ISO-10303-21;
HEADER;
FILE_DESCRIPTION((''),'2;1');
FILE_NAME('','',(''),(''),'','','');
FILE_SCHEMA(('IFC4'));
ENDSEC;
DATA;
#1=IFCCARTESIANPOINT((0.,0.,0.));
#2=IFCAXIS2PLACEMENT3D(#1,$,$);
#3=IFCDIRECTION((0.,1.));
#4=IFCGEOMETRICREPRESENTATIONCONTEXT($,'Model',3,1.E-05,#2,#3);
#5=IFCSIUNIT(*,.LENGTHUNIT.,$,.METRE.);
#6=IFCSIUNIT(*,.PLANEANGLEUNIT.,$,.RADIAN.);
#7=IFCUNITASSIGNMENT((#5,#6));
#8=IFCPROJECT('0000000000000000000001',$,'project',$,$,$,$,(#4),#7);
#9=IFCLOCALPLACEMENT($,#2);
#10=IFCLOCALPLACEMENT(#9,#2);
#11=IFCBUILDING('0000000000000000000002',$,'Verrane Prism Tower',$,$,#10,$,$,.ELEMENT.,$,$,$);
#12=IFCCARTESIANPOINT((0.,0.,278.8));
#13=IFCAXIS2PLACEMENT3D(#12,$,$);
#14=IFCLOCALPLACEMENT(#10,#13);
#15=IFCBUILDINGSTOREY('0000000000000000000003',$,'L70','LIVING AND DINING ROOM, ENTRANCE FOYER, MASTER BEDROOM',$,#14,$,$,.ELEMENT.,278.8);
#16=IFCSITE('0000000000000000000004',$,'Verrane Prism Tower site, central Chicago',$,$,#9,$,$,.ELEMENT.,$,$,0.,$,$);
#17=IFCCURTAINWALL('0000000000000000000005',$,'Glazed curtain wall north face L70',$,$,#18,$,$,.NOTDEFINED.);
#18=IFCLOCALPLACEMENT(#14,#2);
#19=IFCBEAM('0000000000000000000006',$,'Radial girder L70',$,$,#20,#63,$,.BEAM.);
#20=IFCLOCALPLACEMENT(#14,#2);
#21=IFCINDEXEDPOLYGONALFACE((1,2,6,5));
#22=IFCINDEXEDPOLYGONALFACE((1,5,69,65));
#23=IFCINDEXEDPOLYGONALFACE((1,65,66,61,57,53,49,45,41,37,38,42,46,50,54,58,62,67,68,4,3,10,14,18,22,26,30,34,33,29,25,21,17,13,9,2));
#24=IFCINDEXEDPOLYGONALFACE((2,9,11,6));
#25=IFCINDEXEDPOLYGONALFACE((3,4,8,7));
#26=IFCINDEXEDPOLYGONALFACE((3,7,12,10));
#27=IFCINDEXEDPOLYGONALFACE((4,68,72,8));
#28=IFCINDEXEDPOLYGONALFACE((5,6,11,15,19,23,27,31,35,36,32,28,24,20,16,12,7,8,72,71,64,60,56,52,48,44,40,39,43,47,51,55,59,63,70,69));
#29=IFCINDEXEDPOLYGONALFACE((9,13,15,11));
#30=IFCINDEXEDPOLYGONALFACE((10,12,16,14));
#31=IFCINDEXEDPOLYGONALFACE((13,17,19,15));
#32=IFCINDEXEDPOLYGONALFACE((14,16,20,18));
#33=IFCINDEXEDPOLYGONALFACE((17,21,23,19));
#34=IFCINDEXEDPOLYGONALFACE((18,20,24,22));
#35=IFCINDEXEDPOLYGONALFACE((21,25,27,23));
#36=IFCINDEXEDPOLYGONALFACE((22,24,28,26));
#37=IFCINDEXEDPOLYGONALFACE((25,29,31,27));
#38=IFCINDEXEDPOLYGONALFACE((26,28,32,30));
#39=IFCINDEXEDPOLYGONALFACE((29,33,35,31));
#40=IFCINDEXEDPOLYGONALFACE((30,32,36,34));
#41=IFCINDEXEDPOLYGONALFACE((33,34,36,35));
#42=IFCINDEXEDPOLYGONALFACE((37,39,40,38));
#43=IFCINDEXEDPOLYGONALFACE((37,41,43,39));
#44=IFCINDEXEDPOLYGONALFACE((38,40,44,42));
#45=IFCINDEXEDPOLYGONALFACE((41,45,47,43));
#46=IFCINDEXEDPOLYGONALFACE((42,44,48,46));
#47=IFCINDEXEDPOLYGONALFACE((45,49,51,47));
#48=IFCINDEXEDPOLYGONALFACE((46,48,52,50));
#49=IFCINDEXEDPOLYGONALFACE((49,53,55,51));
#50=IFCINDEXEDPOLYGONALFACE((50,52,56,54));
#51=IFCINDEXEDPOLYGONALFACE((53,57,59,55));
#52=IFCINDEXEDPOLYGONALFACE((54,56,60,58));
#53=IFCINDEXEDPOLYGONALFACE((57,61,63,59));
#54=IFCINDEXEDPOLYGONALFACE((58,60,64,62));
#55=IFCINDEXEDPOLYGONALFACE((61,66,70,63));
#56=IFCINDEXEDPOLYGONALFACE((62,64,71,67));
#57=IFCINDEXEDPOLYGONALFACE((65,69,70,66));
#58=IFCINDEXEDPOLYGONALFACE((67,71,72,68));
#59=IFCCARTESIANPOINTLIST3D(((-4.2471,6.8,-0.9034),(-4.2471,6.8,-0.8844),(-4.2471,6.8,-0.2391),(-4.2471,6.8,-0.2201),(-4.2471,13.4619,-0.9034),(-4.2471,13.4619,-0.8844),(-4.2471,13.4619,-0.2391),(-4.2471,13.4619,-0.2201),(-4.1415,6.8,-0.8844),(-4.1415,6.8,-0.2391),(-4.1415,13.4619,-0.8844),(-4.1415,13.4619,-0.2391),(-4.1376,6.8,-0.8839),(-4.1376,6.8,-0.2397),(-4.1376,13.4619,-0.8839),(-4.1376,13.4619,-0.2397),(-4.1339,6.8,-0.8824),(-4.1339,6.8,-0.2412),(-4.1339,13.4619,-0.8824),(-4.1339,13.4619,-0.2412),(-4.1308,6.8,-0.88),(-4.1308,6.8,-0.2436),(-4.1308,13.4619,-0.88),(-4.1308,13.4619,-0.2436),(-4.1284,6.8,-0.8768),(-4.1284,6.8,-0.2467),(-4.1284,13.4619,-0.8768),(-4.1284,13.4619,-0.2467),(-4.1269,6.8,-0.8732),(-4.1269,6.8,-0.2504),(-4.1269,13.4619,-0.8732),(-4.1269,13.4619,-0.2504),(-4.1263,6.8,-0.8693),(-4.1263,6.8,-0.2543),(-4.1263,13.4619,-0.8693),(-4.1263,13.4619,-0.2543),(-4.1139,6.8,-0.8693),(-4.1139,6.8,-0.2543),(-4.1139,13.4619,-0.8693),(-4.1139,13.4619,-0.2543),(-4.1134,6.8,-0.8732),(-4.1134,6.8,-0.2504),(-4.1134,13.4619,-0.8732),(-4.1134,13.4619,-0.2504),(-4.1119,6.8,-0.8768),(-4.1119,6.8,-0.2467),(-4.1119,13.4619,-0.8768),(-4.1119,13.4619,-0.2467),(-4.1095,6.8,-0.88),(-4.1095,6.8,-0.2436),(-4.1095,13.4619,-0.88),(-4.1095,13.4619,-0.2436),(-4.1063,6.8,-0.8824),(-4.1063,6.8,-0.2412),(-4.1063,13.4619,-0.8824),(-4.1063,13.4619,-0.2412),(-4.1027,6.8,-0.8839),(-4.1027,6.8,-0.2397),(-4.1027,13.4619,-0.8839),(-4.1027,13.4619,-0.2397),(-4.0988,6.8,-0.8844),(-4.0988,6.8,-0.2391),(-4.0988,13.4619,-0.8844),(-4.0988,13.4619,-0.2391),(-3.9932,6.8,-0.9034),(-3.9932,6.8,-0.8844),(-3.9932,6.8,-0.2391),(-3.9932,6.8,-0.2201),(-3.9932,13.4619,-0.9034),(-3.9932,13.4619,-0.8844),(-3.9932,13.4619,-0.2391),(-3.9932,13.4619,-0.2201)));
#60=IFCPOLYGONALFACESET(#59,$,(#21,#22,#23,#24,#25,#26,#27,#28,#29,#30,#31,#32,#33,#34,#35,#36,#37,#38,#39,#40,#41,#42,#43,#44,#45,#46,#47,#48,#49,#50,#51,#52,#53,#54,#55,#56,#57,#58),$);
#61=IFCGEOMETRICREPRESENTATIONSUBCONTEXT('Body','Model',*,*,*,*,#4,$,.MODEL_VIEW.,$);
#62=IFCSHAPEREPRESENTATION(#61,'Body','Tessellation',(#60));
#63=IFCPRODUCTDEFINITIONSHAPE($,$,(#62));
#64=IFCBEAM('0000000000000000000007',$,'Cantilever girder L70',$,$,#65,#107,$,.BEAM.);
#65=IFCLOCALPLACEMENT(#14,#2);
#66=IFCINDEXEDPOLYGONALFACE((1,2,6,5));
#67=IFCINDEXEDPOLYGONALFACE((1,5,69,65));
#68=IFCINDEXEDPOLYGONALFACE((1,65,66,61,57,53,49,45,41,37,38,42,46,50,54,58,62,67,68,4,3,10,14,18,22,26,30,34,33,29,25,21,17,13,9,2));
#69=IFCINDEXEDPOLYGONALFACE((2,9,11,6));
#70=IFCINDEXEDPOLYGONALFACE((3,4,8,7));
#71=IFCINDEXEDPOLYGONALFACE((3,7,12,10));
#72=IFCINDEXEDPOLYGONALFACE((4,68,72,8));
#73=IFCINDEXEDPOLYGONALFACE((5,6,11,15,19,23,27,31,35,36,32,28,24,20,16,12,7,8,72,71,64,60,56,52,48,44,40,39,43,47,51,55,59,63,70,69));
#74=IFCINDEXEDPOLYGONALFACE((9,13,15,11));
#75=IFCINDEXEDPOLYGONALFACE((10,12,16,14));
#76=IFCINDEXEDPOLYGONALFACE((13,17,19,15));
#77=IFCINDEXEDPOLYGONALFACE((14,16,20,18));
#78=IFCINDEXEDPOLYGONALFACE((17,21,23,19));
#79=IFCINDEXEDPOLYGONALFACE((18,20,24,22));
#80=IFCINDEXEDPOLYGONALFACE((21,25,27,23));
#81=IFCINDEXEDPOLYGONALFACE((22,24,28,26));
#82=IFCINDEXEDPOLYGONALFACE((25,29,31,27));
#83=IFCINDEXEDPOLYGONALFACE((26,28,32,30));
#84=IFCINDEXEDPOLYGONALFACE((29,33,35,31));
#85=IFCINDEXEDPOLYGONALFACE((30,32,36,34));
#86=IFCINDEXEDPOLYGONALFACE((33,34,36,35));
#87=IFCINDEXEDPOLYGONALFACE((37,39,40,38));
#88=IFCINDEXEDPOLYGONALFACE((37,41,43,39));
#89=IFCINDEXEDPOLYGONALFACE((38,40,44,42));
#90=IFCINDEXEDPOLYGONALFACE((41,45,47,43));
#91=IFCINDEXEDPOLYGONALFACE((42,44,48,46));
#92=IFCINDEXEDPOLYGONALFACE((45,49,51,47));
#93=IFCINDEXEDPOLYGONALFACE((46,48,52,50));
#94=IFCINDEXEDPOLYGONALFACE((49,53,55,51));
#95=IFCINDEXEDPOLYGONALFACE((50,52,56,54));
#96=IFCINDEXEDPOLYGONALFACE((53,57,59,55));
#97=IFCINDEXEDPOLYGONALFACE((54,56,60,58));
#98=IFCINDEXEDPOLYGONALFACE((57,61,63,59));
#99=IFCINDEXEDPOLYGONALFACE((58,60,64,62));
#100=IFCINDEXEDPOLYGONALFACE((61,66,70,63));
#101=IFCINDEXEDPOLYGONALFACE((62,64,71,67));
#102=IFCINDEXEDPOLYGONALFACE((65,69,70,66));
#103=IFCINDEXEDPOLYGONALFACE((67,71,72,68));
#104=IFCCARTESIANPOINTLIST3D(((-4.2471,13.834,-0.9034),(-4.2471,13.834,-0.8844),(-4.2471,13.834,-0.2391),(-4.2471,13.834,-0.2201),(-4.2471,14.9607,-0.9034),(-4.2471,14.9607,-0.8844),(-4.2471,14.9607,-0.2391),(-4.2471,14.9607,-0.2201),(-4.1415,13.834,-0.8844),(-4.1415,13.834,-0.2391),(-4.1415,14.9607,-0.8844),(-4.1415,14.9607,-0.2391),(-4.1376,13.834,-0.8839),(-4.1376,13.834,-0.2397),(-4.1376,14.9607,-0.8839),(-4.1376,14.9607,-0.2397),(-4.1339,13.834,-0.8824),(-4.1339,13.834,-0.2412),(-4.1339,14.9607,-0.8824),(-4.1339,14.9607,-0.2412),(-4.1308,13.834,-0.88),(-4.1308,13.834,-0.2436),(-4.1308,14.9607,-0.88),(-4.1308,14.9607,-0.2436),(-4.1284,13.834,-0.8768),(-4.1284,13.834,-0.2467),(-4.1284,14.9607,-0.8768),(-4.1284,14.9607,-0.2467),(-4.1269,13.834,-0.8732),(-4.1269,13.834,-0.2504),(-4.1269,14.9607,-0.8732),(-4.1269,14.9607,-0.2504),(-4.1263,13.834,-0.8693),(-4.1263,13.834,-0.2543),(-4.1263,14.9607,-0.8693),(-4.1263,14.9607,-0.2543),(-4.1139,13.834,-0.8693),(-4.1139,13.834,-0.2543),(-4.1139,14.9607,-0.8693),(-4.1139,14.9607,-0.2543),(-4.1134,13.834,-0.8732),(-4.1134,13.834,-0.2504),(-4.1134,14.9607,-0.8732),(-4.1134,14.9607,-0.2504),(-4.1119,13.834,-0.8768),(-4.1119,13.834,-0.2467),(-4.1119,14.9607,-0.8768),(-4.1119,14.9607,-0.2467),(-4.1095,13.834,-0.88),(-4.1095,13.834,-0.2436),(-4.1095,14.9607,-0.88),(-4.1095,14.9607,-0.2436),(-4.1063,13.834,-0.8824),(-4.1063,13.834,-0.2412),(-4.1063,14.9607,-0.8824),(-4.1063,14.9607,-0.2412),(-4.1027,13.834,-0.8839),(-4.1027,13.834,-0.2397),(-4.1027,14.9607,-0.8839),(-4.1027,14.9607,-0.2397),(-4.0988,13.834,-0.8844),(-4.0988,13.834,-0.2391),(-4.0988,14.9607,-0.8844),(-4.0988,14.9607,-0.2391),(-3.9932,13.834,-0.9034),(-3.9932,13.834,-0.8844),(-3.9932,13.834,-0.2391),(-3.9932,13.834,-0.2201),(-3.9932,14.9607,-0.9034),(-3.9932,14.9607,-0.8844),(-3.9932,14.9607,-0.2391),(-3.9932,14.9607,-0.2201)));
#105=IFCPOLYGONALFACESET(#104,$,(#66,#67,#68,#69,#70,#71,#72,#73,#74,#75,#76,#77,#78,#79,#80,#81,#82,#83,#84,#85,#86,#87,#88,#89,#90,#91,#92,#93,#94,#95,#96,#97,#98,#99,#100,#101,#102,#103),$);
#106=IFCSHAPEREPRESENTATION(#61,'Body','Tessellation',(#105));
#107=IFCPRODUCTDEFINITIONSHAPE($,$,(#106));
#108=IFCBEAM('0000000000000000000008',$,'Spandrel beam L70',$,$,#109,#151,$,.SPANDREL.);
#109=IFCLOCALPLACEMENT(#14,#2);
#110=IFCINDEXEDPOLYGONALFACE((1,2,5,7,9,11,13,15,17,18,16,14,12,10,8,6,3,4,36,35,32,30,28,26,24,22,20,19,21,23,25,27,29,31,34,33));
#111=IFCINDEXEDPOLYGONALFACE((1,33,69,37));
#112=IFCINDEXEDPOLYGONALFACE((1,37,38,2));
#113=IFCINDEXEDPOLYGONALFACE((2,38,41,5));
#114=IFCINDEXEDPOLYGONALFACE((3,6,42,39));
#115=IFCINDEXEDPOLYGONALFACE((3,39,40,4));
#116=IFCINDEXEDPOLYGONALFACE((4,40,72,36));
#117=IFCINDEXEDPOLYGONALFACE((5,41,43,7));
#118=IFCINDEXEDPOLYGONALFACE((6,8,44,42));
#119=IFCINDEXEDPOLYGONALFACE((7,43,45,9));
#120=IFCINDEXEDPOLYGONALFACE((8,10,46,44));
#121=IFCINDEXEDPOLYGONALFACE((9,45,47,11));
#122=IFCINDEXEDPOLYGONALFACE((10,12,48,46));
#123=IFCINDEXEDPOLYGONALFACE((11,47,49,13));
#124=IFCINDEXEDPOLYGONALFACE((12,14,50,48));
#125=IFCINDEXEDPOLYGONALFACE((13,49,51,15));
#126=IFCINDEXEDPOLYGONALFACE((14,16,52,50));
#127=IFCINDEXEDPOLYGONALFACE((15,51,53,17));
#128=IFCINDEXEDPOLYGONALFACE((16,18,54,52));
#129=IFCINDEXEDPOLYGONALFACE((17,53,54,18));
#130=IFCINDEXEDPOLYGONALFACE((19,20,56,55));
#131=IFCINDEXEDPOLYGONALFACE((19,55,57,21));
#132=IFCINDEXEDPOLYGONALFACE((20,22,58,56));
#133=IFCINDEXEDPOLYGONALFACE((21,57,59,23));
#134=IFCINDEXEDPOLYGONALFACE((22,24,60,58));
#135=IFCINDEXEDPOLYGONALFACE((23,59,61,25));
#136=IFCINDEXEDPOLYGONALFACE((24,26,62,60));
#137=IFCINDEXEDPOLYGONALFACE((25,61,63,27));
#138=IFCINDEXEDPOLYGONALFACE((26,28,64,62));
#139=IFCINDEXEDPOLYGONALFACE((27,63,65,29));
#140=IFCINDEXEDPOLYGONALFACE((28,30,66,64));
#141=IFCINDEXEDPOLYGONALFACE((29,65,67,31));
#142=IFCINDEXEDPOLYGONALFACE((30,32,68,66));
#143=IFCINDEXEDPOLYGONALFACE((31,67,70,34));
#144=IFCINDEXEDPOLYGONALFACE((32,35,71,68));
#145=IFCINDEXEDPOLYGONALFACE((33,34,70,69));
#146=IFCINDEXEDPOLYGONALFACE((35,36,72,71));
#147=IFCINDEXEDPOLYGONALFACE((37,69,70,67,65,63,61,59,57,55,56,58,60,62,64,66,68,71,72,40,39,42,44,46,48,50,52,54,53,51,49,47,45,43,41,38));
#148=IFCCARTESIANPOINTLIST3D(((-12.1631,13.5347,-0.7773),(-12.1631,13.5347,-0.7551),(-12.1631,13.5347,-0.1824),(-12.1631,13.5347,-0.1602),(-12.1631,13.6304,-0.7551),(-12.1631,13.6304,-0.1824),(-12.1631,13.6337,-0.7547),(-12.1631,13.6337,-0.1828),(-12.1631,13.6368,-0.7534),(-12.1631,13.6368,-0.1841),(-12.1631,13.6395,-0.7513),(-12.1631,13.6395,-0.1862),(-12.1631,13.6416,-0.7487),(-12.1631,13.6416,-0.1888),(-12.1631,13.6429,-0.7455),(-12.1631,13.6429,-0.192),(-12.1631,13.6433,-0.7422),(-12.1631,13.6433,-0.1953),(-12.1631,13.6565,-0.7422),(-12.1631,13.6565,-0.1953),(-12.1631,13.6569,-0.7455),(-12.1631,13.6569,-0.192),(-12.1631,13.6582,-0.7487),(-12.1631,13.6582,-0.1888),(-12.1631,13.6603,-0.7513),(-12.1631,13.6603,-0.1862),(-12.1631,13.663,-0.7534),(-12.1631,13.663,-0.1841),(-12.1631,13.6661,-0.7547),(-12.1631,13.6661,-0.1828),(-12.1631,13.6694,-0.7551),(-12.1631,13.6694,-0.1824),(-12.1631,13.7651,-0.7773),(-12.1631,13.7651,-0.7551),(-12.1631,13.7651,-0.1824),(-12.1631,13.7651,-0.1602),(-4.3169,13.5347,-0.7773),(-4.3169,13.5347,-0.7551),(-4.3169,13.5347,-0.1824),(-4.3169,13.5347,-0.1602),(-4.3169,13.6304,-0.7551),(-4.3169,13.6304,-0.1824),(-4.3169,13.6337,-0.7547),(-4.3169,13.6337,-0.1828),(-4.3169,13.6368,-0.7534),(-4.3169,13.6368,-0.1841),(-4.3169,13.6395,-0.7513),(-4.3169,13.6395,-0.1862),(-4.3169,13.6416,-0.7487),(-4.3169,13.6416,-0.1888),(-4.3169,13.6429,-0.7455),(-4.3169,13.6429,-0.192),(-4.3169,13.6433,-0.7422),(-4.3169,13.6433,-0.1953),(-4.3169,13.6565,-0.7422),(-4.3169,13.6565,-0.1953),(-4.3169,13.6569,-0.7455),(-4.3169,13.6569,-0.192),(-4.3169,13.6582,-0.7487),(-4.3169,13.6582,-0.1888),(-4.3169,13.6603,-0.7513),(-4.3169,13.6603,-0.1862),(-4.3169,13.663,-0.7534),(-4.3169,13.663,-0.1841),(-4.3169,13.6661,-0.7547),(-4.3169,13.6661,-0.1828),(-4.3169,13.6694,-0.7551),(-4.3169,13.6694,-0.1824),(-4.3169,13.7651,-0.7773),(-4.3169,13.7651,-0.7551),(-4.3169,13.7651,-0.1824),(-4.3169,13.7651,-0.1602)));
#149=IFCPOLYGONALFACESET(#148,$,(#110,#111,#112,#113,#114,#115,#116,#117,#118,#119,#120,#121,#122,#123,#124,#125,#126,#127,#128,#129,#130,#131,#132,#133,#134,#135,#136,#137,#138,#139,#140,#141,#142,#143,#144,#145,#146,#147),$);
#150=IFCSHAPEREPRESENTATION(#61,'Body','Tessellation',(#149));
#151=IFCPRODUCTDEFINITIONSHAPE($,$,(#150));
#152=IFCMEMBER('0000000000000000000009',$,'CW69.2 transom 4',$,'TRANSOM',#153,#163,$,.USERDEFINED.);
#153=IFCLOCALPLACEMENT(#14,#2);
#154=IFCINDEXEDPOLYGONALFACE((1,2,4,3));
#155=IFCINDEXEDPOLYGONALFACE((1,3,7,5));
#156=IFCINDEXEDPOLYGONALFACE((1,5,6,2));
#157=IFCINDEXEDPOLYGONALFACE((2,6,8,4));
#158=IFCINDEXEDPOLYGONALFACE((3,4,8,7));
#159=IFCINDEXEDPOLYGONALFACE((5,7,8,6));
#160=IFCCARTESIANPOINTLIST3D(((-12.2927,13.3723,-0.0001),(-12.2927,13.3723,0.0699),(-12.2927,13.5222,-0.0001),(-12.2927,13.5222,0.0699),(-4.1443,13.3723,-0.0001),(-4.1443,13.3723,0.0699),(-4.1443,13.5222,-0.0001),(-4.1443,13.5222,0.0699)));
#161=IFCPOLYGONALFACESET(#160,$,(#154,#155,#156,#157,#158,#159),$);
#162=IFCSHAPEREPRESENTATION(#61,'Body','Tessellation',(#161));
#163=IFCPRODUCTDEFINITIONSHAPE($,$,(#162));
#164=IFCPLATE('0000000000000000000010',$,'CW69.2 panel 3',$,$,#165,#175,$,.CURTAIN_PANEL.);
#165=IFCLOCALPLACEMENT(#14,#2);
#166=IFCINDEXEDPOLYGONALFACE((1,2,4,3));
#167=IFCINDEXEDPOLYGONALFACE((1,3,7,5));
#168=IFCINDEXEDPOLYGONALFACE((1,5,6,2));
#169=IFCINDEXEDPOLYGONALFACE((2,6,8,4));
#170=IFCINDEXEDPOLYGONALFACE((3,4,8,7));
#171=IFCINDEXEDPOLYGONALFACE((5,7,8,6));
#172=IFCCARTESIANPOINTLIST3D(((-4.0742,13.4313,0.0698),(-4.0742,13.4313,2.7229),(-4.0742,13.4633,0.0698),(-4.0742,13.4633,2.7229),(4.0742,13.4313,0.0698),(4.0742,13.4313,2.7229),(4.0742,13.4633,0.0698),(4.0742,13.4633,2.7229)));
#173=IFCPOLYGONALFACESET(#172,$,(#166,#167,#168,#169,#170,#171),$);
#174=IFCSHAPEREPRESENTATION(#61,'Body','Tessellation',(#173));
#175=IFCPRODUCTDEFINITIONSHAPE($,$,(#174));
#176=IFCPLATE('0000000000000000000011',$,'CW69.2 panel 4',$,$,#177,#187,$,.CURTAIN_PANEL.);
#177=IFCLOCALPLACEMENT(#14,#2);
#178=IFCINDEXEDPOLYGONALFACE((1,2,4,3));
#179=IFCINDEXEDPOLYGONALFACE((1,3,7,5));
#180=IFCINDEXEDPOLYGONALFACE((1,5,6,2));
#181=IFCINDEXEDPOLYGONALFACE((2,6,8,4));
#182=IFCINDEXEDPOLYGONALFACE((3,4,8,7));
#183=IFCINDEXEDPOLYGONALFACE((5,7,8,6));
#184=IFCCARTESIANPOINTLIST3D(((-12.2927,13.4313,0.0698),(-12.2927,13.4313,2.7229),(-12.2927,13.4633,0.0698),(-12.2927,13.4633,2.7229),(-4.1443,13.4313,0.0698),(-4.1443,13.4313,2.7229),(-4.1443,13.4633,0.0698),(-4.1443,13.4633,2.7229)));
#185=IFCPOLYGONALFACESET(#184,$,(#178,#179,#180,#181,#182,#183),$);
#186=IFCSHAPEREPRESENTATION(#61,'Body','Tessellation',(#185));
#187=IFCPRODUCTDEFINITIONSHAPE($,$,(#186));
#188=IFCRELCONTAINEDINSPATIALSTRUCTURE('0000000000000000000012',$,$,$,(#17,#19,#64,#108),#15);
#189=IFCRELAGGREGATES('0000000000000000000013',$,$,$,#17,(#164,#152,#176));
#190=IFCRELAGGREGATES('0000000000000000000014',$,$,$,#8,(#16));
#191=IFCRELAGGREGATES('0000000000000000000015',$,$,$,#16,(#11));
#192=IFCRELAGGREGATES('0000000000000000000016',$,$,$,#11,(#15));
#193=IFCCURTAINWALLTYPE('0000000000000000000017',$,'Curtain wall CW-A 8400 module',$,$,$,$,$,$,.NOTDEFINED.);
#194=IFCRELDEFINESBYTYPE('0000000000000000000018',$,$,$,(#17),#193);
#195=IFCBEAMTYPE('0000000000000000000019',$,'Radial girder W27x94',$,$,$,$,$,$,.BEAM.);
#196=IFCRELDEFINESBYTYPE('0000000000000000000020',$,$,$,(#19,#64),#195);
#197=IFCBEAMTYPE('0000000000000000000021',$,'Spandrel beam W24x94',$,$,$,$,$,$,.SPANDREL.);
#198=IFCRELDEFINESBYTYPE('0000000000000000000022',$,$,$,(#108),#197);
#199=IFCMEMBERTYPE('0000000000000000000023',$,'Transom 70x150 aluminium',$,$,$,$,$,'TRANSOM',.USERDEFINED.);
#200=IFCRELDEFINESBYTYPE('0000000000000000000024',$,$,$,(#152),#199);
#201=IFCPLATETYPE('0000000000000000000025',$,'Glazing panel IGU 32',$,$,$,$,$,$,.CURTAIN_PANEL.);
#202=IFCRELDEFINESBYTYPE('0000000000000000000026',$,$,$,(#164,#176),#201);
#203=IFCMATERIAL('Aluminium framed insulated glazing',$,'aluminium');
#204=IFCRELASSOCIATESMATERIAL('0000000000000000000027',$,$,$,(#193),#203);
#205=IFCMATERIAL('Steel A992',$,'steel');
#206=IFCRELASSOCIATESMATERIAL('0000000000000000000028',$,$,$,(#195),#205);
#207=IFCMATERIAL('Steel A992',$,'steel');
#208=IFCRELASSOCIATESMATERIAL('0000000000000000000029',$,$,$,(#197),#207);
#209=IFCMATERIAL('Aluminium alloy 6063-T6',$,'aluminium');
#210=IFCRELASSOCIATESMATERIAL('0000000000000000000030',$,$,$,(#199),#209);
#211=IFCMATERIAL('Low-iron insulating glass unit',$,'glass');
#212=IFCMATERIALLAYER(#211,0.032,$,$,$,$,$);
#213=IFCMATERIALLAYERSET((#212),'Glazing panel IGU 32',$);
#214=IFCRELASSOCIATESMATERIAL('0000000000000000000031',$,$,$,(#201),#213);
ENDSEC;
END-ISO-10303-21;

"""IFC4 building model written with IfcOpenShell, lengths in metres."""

from ifc_helpers import new_model, si_unit, direction, frame, origin, origin_2d, place, context, subcontext, project, spatial, rectangle, i_section, extrude, material, layer, layer_set, material_profile, profile_set, type_object, element, aggregate, save


model = new_model("IFC4")

# Units and contexts
model_context = context("Model", 3, precision=1e-05, world=origin(), true_north=direction((0.0, 1.0)))
body_context = subcontext(model_context, "Body", "Model", "MODEL_VIEW")
ifc_project = project(units=[si_unit("LENGTHUNIT", "METRE"), si_unit("PLANEANGLEUNIT", "RADIAN")], contexts=[model_context])

# Site, building, storey
site_placement = place(None, origin())
site = spatial("IfcSite", under=ifc_project, at=site_placement, Name="Verrane Prism Tower site, central Chicago", CompositionType="ELEMENT", RefElevation=0.0)
building_placement = place(site_placement, origin())
building = spatial("IfcBuilding", under=site, at=building_placement, Name="Verrane Prism Tower", CompositionType="ELEMENT")
storey_placement = place(building_placement, frame((0.0, 0.0, 278.8)))
storey = spatial("IfcBuildingStorey", under=building, at=storey_placement, Name="L70", Description="LIVING AND DINING ROOM, ENTRANCE FOYER, MASTER BEDROOM", CompositionType="ELEMENT", Elevation=278.8)

# Curtain wall
ifc_material_1 = material(Name="Aluminium framed insulated glazing", Category="aluminium")
curtain_wall_type = type_object("IfcCurtainWallType", Name="Curtain wall CW-A 8400 module", PredefinedType="NOTDEFINED", material=ifc_material_1)
curtain_wall_placement = place(storey_placement, origin())
curtain_wall = element("IfcCurtainWall", 1, at=curtain_wall_placement, inside=storey, type_object=curtain_wall_type, Name="Glazed curtain wall north face L70", PredefinedType="NOTDEFINED")

# Beams
ifc_material_2 = material(Name="Steel A992", Category="steel")
ifc_material_profile_1 = material_profile(ifc_material_2, i_section(OverallWidth=0.2539, OverallDepth=0.6833, WebThickness=0.0125, FlangeThickness=0.019, FilletRadius=0.0151, at=origin_2d()), Name="W27x94")
ifc_profile_set_1 = profile_set([ifc_material_profile_1], Name="Steel A992")
beam_type_1 = type_object("IfcBeamType", Name="Radial girder W27x94", PredefinedType="BEAM", material=ifc_profile_set_1)
beam_1_placement = place(storey_placement, frame((-4.1201, 13.4619, -0.5618), z_axis=(0.0, -1.0, 0.0), x_axis=(1.0, 0.0, 0.0)))
element("IfcBeam", 2, at=beam_1_placement, inside=storey, type_object=beam_type_1, Name="Radial girder L70", PredefinedType="BEAM", context=body_context, shape_type="SweptSolid", body=[
    extrude(i_section(OverallWidth=0.2539, OverallDepth=0.6833, WebThickness=0.0125, FlangeThickness=0.019, FilletRadius=0.0151, at=origin_2d()), origin(), (0.0, 0.0, 1.0), 6.6619),
])
beam_2_placement = place(storey_placement, frame((-4.1201, 13.834, -0.5618), z_axis=(0.0, 1.0, 0.0), x_axis=(-1.0, 0.0, 0.0)))
element("IfcBeam", 3, at=beam_2_placement, inside=storey, type_object=beam_type_1, Name="Cantilever girder L70", PredefinedType="BEAM", context=body_context, shape_type="SweptSolid", body=[
    extrude(i_section(OverallWidth=0.2539, OverallDepth=0.6833, WebThickness=0.0125, FlangeThickness=0.019, FilletRadius=0.0151, at=origin_2d()), origin(), (0.0, 0.0, 1.0), 1.1267),
])
ifc_material_3 = material(Name="Steel A992", Category="steel")
ifc_material_profile_2 = material_profile(ifc_material_3, i_section(OverallWidth=0.2305, OverallDepth=0.6172, WebThickness=0.0132, FlangeThickness=0.0222, FilletRadius=0.0129, at=origin_2d()), Name="W24x94")
ifc_profile_set_2 = profile_set([ifc_material_profile_2], Name="Steel A992")
beam_type_2 = type_object("IfcBeamType", Name="Spandrel beam W24x94", PredefinedType="SPANDREL", material=ifc_profile_set_2)
beam_3_placement = place(storey_placement, frame((-4.3169, 13.6499, -0.4688), z_axis=(-1.0, 0.0, 0.0), x_axis=(0.0, -1.0, 0.0)))
element("IfcBeam", 4, at=beam_3_placement, inside=storey, type_object=beam_type_2, Name="Spandrel beam L70", PredefinedType="SPANDREL", context=body_context, shape_type="SweptSolid", body=[
    extrude(i_section(OverallWidth=0.2305, OverallDepth=0.6172, WebThickness=0.0132, FlangeThickness=0.0222, FilletRadius=0.0129, at=origin_2d()), origin(), (0.0, 0.0, 1.0), 7.8462),
])

# Member
ifc_material_4 = material(Name="Aluminium alloy 6063-T6", Category="aluminium")
ifc_material_profile_3 = material_profile(ifc_material_4, rectangle(XDim=0.1499, YDim=0.0701, at=origin_2d()), Name="Transom 70x150 aluminium")
ifc_profile_set_3 = profile_set([ifc_material_profile_3], Name="Aluminium alloy 6063-T6")
member_type_1 = type_object("IfcMemberType", Name="Transom 70x150 aluminium", ElementType="TRANSOM", PredefinedType="USERDEFINED", material=ifc_profile_set_3)
member_1_placement = place(storey_placement, frame((-4.1443, 13.4473, 0.0349), z_axis=(-1.0, 0.0, 0.0), x_axis=(0.0, -1.0, 0.0)))
member_1 = element("IfcMember", 5, at=member_1_placement, type_object=member_type_1, Name="CW69.2 transom 4", ObjectType="TRANSOM", PredefinedType="USERDEFINED", context=body_context, shape_type="SweptSolid", body=[
    extrude(rectangle(XDim=0.1499, YDim=0.0701, at=origin_2d()), origin(), (0.0, 0.0, 1.0), 8.1484),
])

# Plates
ifc_material_5 = material(Name="Low-iron insulating glass unit", Category="glass")
ifc_layer_1 = layer(ifc_material_5, 0.032)
ifc_layer_set_1 = layer_set([ifc_layer_1], Name="Glazing panel IGU 32")
plate_type = type_object("IfcPlateType", Name="Glazing panel IGU 32", PredefinedType="CURTAIN_PANEL", material=ifc_layer_set_1)
plate_1_placement = place(storey_placement, frame((0.0, 13.4473, 0.0698), z_axis=(0.0, 0.0, 1.0), x_axis=(-1.0, 0.0, 0.0)))
plate_1 = element("IfcPlate", 6, at=plate_1_placement, type_object=plate_type, Name="CW69.2 panel 3", PredefinedType="CURTAIN_PANEL", context=body_context, shape_type="SweptSolid", body=[
    extrude(rectangle(XDim=8.1484, YDim=0.032, at=origin_2d()), origin(), (0.0, 0.0, 1.0), 2.6531),
])
plate_2_placement = place(storey_placement, frame((-8.2185, 13.4473, 0.0698), z_axis=(0.0, 0.0, 1.0), x_axis=(-1.0, 0.0, 0.0)))
plate_2 = element("IfcPlate", 7, at=plate_2_placement, type_object=plate_type, Name="CW69.2 panel 4", PredefinedType="CURTAIN_PANEL", context=body_context, shape_type="SweptSolid", body=[
    extrude(rectangle(XDim=8.1484, YDim=0.032, at=origin_2d()), origin(), (0.0, 0.0, 1.0), 2.6531),
])
aggregate(curtain_wall, [plate_1, member_1, plate_2])

save(model, "model.ifc")
